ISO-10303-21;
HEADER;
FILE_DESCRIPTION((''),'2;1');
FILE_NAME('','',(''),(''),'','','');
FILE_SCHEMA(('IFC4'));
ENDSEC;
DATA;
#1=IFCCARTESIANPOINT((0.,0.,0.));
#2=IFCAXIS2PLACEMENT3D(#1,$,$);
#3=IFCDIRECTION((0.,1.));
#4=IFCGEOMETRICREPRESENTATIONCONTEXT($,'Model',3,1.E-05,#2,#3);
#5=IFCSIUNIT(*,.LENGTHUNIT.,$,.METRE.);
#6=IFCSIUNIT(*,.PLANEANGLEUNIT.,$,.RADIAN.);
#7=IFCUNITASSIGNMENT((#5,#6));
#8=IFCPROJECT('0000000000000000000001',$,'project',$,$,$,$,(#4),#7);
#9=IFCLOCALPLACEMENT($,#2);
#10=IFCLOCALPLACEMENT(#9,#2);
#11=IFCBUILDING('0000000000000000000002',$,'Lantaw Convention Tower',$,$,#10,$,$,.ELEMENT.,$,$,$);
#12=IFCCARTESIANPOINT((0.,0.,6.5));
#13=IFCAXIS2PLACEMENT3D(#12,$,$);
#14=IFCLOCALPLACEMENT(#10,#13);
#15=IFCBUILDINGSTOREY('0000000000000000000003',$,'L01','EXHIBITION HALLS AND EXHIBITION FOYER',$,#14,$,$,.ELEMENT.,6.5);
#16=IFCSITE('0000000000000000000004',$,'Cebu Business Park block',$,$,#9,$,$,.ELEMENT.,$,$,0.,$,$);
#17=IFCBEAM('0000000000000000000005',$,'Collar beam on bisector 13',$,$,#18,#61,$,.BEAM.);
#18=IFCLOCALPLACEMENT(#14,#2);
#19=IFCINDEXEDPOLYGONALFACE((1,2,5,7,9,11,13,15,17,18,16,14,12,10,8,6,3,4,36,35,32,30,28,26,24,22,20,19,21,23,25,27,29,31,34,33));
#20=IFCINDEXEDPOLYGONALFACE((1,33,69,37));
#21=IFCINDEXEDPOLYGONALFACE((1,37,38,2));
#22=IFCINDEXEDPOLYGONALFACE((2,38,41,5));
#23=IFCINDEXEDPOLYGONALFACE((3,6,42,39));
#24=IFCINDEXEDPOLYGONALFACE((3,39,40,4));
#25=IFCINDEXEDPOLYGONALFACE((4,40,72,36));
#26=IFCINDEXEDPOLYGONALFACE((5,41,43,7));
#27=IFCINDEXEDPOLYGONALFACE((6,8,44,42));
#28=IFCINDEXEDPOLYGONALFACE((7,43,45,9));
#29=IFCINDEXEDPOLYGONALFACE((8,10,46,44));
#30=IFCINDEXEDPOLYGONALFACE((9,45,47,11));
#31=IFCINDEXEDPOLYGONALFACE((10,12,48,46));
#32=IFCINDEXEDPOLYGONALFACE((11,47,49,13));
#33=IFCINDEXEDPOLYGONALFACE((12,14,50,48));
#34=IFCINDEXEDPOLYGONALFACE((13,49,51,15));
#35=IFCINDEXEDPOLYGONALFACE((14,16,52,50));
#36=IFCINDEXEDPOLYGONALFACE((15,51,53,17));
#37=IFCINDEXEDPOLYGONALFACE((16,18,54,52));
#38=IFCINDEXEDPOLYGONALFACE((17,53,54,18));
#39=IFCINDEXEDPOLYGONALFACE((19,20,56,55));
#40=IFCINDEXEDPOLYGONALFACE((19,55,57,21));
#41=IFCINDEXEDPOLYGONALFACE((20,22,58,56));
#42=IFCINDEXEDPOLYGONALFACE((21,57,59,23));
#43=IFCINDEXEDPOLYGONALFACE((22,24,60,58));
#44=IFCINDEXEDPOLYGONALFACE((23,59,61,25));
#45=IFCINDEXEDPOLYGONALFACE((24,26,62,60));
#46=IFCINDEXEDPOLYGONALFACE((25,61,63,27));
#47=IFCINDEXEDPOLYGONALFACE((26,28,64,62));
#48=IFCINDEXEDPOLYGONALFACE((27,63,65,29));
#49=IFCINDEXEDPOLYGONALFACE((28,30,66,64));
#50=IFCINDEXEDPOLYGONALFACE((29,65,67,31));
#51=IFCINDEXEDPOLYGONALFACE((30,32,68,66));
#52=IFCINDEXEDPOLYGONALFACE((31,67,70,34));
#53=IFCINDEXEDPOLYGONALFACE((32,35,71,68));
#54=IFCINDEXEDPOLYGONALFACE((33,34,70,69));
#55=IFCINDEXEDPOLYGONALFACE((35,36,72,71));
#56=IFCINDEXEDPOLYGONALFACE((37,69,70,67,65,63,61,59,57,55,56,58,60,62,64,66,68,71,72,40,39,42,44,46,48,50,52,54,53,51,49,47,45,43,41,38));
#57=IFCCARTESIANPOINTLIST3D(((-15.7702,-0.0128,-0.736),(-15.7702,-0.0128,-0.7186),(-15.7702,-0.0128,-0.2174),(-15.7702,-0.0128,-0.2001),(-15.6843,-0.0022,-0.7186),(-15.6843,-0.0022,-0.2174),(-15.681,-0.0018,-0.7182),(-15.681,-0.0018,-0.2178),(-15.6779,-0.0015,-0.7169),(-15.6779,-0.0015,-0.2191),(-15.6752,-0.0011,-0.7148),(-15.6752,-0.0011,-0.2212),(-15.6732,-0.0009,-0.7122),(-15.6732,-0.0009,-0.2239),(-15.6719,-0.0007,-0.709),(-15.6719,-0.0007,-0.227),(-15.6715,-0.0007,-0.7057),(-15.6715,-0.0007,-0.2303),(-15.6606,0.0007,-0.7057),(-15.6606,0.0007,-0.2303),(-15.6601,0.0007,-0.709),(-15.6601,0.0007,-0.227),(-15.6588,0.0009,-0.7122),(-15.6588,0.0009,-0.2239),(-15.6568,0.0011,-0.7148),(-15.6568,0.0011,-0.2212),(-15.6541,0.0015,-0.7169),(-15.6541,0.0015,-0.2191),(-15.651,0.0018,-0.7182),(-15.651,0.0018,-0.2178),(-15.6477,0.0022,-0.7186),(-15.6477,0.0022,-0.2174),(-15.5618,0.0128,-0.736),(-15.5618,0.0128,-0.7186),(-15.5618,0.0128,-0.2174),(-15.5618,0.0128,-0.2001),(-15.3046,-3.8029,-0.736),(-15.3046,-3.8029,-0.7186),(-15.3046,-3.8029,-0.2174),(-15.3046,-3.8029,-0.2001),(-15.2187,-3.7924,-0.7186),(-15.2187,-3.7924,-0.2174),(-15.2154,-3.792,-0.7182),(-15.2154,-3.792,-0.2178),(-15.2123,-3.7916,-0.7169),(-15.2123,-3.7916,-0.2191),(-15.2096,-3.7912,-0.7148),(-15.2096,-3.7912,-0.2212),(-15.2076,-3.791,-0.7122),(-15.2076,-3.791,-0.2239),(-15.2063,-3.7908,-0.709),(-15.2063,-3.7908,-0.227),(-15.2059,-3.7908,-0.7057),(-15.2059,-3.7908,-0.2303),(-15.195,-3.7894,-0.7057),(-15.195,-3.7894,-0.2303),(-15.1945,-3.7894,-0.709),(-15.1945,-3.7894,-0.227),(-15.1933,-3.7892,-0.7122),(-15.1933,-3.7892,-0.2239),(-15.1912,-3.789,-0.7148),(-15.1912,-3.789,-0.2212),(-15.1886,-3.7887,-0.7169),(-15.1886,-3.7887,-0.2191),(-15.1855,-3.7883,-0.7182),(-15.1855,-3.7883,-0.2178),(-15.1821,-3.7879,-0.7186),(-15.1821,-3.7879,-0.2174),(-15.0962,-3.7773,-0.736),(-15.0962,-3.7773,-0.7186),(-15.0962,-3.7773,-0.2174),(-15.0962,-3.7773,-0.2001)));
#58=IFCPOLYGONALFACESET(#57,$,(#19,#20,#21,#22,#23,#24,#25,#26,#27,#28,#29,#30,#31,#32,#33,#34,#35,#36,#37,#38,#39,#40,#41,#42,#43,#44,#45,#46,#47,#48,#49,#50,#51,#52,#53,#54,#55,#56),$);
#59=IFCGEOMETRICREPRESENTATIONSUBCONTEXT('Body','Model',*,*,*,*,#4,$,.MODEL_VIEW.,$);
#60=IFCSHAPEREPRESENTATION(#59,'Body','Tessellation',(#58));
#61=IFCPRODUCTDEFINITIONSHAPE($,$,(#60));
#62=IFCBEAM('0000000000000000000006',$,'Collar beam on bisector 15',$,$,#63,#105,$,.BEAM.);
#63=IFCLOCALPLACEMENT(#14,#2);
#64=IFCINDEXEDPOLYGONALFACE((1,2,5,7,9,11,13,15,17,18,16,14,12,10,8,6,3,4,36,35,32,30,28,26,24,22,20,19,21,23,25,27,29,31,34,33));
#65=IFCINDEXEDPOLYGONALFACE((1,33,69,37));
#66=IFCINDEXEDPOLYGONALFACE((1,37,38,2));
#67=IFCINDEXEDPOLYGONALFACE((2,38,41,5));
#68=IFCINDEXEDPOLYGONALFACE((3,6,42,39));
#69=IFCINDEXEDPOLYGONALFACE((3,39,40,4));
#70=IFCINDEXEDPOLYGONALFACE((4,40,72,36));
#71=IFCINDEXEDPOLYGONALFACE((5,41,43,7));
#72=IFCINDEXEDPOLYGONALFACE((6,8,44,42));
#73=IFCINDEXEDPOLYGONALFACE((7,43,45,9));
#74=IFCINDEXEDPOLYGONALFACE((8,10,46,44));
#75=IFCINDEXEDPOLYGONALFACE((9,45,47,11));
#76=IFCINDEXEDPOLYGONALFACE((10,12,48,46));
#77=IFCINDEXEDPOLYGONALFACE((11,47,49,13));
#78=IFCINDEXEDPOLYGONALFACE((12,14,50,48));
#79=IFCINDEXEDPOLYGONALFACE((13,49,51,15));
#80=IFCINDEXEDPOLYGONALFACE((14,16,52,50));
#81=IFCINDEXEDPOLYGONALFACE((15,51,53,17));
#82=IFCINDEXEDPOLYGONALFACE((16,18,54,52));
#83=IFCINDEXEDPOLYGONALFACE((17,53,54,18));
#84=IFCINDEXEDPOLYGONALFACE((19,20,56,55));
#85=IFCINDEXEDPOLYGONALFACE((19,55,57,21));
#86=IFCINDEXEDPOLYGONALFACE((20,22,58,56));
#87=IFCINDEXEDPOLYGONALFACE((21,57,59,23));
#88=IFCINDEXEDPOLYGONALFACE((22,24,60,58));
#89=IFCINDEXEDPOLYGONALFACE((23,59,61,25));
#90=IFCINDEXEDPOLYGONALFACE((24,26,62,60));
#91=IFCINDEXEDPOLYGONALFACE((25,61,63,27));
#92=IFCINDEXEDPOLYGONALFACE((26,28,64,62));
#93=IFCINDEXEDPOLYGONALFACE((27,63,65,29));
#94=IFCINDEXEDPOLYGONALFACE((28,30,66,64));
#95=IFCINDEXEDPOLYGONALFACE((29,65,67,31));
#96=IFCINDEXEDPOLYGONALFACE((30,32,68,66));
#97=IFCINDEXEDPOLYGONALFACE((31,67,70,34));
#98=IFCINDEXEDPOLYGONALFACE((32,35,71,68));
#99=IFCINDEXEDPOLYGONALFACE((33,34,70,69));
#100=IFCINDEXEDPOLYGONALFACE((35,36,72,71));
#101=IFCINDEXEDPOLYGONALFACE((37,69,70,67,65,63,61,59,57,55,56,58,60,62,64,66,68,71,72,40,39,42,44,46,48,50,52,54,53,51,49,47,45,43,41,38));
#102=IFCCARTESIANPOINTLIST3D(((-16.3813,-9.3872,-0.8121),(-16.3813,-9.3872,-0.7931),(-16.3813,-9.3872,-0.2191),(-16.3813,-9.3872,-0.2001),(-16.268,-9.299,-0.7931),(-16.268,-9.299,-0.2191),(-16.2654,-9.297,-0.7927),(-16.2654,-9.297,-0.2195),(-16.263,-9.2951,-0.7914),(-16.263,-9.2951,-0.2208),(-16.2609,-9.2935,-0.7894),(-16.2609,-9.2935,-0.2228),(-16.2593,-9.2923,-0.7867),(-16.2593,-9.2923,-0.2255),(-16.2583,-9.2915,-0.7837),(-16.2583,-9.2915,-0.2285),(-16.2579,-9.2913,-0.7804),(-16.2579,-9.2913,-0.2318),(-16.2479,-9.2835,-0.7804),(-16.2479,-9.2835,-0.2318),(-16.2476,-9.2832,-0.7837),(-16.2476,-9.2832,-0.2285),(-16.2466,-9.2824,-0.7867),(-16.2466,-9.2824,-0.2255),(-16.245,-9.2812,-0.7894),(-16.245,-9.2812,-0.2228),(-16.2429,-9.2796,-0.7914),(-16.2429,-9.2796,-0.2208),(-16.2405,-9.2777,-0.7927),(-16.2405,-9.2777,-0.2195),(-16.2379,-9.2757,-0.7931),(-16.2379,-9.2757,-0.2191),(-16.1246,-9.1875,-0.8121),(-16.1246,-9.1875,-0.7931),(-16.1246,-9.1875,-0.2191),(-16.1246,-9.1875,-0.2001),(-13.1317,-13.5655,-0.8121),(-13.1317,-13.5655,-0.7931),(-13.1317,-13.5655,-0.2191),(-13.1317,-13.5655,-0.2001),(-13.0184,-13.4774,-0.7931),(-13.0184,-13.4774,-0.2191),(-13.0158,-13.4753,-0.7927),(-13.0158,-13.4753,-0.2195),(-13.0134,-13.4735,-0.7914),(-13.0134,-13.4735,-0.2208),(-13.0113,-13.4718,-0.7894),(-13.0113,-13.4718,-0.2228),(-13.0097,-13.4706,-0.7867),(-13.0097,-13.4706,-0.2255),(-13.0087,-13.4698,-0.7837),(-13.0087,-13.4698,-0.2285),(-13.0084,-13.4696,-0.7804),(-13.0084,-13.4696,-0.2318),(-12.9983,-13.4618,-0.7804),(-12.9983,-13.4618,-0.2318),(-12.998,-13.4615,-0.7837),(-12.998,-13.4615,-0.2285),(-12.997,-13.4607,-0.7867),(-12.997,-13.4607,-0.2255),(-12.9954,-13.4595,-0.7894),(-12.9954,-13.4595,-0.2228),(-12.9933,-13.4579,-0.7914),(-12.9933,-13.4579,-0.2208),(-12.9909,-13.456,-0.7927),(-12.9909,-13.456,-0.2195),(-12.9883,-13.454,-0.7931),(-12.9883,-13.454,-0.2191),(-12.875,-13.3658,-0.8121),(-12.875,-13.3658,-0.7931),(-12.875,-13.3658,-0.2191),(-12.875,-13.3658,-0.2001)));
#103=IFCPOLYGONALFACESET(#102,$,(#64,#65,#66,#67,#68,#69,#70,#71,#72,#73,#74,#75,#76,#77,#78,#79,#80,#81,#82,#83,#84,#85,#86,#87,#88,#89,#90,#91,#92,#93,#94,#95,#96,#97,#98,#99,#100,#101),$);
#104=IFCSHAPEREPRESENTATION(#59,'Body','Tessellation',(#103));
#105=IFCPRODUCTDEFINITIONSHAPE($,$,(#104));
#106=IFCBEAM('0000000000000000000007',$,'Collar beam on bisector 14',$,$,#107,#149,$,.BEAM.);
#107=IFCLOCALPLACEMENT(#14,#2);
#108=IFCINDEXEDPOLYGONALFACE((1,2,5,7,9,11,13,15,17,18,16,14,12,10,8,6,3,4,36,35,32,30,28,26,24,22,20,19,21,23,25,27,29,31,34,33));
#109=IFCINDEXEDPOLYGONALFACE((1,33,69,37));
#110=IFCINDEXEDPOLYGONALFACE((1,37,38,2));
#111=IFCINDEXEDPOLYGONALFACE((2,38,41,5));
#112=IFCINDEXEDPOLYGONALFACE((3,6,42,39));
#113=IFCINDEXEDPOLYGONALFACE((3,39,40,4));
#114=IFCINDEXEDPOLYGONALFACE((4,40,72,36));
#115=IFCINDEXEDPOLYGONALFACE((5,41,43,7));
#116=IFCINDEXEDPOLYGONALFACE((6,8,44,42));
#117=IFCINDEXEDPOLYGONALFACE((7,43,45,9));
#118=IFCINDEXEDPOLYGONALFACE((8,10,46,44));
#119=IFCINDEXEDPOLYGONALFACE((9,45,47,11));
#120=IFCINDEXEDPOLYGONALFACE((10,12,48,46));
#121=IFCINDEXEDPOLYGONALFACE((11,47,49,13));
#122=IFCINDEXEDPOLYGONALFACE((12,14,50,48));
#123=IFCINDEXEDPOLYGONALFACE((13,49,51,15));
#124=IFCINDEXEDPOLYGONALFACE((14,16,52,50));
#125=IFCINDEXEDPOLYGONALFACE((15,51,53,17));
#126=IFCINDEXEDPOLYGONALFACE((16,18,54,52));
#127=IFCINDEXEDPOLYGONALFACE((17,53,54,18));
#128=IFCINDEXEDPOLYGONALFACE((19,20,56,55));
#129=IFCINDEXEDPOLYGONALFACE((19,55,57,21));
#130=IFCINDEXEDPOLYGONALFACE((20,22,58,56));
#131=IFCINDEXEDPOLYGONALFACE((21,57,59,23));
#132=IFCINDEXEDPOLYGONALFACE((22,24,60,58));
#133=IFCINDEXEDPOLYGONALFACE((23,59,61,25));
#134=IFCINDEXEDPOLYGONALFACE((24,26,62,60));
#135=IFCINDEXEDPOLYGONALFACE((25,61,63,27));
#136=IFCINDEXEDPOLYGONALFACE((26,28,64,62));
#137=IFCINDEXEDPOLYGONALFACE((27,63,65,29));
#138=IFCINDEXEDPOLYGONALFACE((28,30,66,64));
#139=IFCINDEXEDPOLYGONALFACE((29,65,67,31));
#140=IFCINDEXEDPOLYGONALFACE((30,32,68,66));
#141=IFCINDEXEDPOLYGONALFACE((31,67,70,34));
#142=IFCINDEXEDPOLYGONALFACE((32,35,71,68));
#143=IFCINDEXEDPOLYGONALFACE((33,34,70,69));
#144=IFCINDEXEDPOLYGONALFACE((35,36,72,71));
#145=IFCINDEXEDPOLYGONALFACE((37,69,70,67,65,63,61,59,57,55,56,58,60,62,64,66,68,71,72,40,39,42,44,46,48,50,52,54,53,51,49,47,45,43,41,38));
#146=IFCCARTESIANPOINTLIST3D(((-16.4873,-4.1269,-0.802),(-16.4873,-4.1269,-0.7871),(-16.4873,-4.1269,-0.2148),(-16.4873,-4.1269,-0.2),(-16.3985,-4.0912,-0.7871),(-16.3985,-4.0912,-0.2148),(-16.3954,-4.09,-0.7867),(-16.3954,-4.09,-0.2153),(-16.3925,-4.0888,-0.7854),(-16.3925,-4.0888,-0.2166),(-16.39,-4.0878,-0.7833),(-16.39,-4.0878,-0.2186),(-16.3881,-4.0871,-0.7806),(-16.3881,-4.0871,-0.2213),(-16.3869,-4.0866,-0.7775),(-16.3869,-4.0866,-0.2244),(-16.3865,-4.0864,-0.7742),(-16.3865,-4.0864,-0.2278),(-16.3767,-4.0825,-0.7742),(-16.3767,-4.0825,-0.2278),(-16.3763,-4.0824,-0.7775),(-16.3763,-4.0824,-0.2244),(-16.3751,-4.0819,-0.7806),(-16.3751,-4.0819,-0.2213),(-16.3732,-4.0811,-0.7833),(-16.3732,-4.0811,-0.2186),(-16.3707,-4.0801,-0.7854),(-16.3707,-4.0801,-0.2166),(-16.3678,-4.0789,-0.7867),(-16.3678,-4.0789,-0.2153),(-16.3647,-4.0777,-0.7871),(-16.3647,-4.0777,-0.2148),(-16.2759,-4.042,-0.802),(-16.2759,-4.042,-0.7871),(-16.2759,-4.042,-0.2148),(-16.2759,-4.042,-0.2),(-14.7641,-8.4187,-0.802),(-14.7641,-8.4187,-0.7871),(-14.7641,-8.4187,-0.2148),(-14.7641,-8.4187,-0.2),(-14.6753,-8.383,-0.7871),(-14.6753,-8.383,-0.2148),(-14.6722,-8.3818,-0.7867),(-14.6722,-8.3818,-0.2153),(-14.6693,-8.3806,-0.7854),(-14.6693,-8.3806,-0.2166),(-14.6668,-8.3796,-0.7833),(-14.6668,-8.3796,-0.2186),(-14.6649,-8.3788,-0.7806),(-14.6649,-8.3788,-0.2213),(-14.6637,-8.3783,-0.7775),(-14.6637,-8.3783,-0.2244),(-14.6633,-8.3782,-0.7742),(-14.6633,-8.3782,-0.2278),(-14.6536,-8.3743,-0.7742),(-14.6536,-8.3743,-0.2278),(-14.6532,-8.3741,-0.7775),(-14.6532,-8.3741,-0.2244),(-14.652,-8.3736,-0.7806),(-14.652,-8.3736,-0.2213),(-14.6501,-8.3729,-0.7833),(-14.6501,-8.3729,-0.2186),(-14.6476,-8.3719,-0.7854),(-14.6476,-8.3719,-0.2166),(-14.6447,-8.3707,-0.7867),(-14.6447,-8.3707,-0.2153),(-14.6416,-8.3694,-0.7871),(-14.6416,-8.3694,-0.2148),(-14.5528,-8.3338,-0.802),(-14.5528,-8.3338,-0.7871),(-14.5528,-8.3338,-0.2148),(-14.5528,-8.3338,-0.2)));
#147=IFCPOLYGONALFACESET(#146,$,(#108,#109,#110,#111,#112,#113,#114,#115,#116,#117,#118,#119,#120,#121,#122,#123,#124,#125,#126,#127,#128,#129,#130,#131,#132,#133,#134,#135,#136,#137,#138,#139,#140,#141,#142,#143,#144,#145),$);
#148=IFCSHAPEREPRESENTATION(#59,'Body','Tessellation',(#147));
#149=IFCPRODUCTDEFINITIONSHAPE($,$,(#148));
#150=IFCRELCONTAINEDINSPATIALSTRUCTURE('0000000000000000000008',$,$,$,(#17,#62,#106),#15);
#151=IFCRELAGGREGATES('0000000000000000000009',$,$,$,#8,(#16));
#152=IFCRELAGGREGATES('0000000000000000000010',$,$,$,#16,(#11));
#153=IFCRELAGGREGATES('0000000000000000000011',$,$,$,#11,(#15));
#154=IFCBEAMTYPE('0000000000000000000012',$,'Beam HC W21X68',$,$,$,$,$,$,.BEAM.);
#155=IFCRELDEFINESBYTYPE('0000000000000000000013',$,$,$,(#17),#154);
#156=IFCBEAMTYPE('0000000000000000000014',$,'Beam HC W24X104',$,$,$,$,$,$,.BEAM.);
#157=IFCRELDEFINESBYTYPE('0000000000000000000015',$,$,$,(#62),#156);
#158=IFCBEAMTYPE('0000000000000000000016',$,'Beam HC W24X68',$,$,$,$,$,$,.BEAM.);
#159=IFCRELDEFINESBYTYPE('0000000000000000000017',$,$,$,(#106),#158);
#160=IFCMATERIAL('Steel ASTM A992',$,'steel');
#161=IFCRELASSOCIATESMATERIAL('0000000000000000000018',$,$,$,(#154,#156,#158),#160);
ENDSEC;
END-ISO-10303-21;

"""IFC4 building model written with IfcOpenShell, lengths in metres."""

from ifc_helpers import new_model, si_unit, direction, frame, origin, origin_2d, place, context, subcontext, project, spatial, i_section, extrude, material, material_profile, profile_set, type_object, element, save


model = new_model("IFC4")

# Units and contexts
model_context = context("Model", 3, precision=1e-05, world=origin(), true_north=direction((0.0, 1.0)))
body_context = subcontext(model_context, "Body", "Model", "MODEL_VIEW")
ifc_project = project(units=[si_unit("LENGTHUNIT", "METRE"), si_unit("PLANEANGLEUNIT", "RADIAN")], contexts=[model_context])

# Site, building, storey
site_placement = place(None, origin())
site = spatial("IfcSite", under=ifc_project, at=site_placement, Name="Cebu Business Park block", CompositionType="ELEMENT", RefElevation=0.0)
building_placement = place(site_placement, origin())
building = spatial("IfcBuilding", under=site, at=building_placement, Name="Lantaw Convention Tower", CompositionType="ELEMENT")
storey_placement = place(building_placement, frame((0.0, 0.0, 6.5)))
storey = spatial("IfcBuildingStorey", under=building, at=storey_placement, Name="L01", Description="EXHIBITION HALLS AND EXHIBITION FOYER", CompositionType="ELEMENT", Elevation=6.5)

# Beams
ifc_material_1 = material(Name="Steel ASTM A992", Category="steel")
ifc_material_profile_1 = material_profile(ifc_material_1, i_section(OverallWidth=0.21, OverallDepth=0.5359, WebThickness=0.011, FlangeThickness=0.0173, FilletRadius=0.0129, at=origin_2d()), Name="W21X68")
ifc_profile_set_1 = profile_set([ifc_material_profile_1], Name="Steel ASTM A992")
beam_type_1 = type_object("IfcBeamType", Name="Beam HC W21X68", PredefinedType="BEAM", material=ifc_profile_set_1)
beam_1_placement = place(storey_placement, frame((-15.666, 0.0, -0.468), z_axis=(0.121926, -0.992539, 0.0), x_axis=(0.992539, 0.121926, 0.0)))
element("IfcBeam", 1, at=beam_1_placement, inside=storey, type_object=beam_type_1, Name="Collar beam on bisector 13", PredefinedType="BEAM", context=body_context, shape_type="SweptSolid", body=[
    extrude(i_section(OverallWidth=0.21, OverallDepth=0.5359, WebThickness=0.011, FlangeThickness=0.0173, FilletRadius=0.0129, at=origin_2d()), origin(), (0.0, 0.0, 1.0), 3.8186),
])
ifc_material_profile_2 = material_profile(ifc_material_1, i_section(OverallWidth=0.3252, OverallDepth=0.6121, WebThickness=0.0127, FlangeThickness=0.019, FilletRadius=0.0127, at=origin_2d()), Name="W24X104")
ifc_profile_set_2 = profile_set([ifc_material_profile_2], Name="Steel ASTM A992")
beam_type_2 = type_object("IfcBeamType", Name="Beam HC W24X104", PredefinedType="BEAM", material=ifc_profile_set_2)
beam_2_placement = place(storey_placement, frame((-16.2529, -9.2874, -0.5061), z_axis=(0.613915, -0.789372, 0.0), x_axis=(0.789372, 0.613915, 0.0)))
element("IfcBeam", 2, at=beam_2_placement, inside=storey, type_object=beam_type_2, Name="Collar beam on bisector 15", PredefinedType="BEAM", context=body_context, shape_type="SweptSolid", body=[
    extrude(i_section(OverallWidth=0.3252, OverallDepth=0.6121, WebThickness=0.0127, FlangeThickness=0.019, FilletRadius=0.0127, at=origin_2d()), origin(), (0.0, 0.0, 1.0), 5.2932),
])
ifc_material_profile_3 = material_profile(ifc_material_1, i_section(OverallWidth=0.2278, OverallDepth=0.6021, WebThickness=0.0105, FlangeThickness=0.0149, FilletRadius=0.0129, at=origin_2d()), Name="W24X68")
ifc_profile_set_3 = profile_set([ifc_material_profile_3], Name="Steel ASTM A992")
beam_type_3 = type_object("IfcBeamType", Name="Beam HC W24X68", PredefinedType="BEAM", material=ifc_profile_set_3)
beam_3_placement = place(storey_placement, frame((-16.3816, -4.0845, -0.501), z_axis=(0.372592, -0.927995, 0.0), x_axis=(0.927995, 0.372592, 0.0)))
element("IfcBeam", 3, at=beam_3_placement, inside=storey, type_object=beam_type_3, Name="Collar beam on bisector 14", PredefinedType="BEAM", context=body_context, shape_type="SweptSolid", body=[
    extrude(i_section(OverallWidth=0.2278, OverallDepth=0.6021, WebThickness=0.0105, FlangeThickness=0.0149, FilletRadius=0.0129, at=origin_2d()), origin(), (0.0, 0.0, 1.0), 4.6248),
])

save(model, "model.ifc")
